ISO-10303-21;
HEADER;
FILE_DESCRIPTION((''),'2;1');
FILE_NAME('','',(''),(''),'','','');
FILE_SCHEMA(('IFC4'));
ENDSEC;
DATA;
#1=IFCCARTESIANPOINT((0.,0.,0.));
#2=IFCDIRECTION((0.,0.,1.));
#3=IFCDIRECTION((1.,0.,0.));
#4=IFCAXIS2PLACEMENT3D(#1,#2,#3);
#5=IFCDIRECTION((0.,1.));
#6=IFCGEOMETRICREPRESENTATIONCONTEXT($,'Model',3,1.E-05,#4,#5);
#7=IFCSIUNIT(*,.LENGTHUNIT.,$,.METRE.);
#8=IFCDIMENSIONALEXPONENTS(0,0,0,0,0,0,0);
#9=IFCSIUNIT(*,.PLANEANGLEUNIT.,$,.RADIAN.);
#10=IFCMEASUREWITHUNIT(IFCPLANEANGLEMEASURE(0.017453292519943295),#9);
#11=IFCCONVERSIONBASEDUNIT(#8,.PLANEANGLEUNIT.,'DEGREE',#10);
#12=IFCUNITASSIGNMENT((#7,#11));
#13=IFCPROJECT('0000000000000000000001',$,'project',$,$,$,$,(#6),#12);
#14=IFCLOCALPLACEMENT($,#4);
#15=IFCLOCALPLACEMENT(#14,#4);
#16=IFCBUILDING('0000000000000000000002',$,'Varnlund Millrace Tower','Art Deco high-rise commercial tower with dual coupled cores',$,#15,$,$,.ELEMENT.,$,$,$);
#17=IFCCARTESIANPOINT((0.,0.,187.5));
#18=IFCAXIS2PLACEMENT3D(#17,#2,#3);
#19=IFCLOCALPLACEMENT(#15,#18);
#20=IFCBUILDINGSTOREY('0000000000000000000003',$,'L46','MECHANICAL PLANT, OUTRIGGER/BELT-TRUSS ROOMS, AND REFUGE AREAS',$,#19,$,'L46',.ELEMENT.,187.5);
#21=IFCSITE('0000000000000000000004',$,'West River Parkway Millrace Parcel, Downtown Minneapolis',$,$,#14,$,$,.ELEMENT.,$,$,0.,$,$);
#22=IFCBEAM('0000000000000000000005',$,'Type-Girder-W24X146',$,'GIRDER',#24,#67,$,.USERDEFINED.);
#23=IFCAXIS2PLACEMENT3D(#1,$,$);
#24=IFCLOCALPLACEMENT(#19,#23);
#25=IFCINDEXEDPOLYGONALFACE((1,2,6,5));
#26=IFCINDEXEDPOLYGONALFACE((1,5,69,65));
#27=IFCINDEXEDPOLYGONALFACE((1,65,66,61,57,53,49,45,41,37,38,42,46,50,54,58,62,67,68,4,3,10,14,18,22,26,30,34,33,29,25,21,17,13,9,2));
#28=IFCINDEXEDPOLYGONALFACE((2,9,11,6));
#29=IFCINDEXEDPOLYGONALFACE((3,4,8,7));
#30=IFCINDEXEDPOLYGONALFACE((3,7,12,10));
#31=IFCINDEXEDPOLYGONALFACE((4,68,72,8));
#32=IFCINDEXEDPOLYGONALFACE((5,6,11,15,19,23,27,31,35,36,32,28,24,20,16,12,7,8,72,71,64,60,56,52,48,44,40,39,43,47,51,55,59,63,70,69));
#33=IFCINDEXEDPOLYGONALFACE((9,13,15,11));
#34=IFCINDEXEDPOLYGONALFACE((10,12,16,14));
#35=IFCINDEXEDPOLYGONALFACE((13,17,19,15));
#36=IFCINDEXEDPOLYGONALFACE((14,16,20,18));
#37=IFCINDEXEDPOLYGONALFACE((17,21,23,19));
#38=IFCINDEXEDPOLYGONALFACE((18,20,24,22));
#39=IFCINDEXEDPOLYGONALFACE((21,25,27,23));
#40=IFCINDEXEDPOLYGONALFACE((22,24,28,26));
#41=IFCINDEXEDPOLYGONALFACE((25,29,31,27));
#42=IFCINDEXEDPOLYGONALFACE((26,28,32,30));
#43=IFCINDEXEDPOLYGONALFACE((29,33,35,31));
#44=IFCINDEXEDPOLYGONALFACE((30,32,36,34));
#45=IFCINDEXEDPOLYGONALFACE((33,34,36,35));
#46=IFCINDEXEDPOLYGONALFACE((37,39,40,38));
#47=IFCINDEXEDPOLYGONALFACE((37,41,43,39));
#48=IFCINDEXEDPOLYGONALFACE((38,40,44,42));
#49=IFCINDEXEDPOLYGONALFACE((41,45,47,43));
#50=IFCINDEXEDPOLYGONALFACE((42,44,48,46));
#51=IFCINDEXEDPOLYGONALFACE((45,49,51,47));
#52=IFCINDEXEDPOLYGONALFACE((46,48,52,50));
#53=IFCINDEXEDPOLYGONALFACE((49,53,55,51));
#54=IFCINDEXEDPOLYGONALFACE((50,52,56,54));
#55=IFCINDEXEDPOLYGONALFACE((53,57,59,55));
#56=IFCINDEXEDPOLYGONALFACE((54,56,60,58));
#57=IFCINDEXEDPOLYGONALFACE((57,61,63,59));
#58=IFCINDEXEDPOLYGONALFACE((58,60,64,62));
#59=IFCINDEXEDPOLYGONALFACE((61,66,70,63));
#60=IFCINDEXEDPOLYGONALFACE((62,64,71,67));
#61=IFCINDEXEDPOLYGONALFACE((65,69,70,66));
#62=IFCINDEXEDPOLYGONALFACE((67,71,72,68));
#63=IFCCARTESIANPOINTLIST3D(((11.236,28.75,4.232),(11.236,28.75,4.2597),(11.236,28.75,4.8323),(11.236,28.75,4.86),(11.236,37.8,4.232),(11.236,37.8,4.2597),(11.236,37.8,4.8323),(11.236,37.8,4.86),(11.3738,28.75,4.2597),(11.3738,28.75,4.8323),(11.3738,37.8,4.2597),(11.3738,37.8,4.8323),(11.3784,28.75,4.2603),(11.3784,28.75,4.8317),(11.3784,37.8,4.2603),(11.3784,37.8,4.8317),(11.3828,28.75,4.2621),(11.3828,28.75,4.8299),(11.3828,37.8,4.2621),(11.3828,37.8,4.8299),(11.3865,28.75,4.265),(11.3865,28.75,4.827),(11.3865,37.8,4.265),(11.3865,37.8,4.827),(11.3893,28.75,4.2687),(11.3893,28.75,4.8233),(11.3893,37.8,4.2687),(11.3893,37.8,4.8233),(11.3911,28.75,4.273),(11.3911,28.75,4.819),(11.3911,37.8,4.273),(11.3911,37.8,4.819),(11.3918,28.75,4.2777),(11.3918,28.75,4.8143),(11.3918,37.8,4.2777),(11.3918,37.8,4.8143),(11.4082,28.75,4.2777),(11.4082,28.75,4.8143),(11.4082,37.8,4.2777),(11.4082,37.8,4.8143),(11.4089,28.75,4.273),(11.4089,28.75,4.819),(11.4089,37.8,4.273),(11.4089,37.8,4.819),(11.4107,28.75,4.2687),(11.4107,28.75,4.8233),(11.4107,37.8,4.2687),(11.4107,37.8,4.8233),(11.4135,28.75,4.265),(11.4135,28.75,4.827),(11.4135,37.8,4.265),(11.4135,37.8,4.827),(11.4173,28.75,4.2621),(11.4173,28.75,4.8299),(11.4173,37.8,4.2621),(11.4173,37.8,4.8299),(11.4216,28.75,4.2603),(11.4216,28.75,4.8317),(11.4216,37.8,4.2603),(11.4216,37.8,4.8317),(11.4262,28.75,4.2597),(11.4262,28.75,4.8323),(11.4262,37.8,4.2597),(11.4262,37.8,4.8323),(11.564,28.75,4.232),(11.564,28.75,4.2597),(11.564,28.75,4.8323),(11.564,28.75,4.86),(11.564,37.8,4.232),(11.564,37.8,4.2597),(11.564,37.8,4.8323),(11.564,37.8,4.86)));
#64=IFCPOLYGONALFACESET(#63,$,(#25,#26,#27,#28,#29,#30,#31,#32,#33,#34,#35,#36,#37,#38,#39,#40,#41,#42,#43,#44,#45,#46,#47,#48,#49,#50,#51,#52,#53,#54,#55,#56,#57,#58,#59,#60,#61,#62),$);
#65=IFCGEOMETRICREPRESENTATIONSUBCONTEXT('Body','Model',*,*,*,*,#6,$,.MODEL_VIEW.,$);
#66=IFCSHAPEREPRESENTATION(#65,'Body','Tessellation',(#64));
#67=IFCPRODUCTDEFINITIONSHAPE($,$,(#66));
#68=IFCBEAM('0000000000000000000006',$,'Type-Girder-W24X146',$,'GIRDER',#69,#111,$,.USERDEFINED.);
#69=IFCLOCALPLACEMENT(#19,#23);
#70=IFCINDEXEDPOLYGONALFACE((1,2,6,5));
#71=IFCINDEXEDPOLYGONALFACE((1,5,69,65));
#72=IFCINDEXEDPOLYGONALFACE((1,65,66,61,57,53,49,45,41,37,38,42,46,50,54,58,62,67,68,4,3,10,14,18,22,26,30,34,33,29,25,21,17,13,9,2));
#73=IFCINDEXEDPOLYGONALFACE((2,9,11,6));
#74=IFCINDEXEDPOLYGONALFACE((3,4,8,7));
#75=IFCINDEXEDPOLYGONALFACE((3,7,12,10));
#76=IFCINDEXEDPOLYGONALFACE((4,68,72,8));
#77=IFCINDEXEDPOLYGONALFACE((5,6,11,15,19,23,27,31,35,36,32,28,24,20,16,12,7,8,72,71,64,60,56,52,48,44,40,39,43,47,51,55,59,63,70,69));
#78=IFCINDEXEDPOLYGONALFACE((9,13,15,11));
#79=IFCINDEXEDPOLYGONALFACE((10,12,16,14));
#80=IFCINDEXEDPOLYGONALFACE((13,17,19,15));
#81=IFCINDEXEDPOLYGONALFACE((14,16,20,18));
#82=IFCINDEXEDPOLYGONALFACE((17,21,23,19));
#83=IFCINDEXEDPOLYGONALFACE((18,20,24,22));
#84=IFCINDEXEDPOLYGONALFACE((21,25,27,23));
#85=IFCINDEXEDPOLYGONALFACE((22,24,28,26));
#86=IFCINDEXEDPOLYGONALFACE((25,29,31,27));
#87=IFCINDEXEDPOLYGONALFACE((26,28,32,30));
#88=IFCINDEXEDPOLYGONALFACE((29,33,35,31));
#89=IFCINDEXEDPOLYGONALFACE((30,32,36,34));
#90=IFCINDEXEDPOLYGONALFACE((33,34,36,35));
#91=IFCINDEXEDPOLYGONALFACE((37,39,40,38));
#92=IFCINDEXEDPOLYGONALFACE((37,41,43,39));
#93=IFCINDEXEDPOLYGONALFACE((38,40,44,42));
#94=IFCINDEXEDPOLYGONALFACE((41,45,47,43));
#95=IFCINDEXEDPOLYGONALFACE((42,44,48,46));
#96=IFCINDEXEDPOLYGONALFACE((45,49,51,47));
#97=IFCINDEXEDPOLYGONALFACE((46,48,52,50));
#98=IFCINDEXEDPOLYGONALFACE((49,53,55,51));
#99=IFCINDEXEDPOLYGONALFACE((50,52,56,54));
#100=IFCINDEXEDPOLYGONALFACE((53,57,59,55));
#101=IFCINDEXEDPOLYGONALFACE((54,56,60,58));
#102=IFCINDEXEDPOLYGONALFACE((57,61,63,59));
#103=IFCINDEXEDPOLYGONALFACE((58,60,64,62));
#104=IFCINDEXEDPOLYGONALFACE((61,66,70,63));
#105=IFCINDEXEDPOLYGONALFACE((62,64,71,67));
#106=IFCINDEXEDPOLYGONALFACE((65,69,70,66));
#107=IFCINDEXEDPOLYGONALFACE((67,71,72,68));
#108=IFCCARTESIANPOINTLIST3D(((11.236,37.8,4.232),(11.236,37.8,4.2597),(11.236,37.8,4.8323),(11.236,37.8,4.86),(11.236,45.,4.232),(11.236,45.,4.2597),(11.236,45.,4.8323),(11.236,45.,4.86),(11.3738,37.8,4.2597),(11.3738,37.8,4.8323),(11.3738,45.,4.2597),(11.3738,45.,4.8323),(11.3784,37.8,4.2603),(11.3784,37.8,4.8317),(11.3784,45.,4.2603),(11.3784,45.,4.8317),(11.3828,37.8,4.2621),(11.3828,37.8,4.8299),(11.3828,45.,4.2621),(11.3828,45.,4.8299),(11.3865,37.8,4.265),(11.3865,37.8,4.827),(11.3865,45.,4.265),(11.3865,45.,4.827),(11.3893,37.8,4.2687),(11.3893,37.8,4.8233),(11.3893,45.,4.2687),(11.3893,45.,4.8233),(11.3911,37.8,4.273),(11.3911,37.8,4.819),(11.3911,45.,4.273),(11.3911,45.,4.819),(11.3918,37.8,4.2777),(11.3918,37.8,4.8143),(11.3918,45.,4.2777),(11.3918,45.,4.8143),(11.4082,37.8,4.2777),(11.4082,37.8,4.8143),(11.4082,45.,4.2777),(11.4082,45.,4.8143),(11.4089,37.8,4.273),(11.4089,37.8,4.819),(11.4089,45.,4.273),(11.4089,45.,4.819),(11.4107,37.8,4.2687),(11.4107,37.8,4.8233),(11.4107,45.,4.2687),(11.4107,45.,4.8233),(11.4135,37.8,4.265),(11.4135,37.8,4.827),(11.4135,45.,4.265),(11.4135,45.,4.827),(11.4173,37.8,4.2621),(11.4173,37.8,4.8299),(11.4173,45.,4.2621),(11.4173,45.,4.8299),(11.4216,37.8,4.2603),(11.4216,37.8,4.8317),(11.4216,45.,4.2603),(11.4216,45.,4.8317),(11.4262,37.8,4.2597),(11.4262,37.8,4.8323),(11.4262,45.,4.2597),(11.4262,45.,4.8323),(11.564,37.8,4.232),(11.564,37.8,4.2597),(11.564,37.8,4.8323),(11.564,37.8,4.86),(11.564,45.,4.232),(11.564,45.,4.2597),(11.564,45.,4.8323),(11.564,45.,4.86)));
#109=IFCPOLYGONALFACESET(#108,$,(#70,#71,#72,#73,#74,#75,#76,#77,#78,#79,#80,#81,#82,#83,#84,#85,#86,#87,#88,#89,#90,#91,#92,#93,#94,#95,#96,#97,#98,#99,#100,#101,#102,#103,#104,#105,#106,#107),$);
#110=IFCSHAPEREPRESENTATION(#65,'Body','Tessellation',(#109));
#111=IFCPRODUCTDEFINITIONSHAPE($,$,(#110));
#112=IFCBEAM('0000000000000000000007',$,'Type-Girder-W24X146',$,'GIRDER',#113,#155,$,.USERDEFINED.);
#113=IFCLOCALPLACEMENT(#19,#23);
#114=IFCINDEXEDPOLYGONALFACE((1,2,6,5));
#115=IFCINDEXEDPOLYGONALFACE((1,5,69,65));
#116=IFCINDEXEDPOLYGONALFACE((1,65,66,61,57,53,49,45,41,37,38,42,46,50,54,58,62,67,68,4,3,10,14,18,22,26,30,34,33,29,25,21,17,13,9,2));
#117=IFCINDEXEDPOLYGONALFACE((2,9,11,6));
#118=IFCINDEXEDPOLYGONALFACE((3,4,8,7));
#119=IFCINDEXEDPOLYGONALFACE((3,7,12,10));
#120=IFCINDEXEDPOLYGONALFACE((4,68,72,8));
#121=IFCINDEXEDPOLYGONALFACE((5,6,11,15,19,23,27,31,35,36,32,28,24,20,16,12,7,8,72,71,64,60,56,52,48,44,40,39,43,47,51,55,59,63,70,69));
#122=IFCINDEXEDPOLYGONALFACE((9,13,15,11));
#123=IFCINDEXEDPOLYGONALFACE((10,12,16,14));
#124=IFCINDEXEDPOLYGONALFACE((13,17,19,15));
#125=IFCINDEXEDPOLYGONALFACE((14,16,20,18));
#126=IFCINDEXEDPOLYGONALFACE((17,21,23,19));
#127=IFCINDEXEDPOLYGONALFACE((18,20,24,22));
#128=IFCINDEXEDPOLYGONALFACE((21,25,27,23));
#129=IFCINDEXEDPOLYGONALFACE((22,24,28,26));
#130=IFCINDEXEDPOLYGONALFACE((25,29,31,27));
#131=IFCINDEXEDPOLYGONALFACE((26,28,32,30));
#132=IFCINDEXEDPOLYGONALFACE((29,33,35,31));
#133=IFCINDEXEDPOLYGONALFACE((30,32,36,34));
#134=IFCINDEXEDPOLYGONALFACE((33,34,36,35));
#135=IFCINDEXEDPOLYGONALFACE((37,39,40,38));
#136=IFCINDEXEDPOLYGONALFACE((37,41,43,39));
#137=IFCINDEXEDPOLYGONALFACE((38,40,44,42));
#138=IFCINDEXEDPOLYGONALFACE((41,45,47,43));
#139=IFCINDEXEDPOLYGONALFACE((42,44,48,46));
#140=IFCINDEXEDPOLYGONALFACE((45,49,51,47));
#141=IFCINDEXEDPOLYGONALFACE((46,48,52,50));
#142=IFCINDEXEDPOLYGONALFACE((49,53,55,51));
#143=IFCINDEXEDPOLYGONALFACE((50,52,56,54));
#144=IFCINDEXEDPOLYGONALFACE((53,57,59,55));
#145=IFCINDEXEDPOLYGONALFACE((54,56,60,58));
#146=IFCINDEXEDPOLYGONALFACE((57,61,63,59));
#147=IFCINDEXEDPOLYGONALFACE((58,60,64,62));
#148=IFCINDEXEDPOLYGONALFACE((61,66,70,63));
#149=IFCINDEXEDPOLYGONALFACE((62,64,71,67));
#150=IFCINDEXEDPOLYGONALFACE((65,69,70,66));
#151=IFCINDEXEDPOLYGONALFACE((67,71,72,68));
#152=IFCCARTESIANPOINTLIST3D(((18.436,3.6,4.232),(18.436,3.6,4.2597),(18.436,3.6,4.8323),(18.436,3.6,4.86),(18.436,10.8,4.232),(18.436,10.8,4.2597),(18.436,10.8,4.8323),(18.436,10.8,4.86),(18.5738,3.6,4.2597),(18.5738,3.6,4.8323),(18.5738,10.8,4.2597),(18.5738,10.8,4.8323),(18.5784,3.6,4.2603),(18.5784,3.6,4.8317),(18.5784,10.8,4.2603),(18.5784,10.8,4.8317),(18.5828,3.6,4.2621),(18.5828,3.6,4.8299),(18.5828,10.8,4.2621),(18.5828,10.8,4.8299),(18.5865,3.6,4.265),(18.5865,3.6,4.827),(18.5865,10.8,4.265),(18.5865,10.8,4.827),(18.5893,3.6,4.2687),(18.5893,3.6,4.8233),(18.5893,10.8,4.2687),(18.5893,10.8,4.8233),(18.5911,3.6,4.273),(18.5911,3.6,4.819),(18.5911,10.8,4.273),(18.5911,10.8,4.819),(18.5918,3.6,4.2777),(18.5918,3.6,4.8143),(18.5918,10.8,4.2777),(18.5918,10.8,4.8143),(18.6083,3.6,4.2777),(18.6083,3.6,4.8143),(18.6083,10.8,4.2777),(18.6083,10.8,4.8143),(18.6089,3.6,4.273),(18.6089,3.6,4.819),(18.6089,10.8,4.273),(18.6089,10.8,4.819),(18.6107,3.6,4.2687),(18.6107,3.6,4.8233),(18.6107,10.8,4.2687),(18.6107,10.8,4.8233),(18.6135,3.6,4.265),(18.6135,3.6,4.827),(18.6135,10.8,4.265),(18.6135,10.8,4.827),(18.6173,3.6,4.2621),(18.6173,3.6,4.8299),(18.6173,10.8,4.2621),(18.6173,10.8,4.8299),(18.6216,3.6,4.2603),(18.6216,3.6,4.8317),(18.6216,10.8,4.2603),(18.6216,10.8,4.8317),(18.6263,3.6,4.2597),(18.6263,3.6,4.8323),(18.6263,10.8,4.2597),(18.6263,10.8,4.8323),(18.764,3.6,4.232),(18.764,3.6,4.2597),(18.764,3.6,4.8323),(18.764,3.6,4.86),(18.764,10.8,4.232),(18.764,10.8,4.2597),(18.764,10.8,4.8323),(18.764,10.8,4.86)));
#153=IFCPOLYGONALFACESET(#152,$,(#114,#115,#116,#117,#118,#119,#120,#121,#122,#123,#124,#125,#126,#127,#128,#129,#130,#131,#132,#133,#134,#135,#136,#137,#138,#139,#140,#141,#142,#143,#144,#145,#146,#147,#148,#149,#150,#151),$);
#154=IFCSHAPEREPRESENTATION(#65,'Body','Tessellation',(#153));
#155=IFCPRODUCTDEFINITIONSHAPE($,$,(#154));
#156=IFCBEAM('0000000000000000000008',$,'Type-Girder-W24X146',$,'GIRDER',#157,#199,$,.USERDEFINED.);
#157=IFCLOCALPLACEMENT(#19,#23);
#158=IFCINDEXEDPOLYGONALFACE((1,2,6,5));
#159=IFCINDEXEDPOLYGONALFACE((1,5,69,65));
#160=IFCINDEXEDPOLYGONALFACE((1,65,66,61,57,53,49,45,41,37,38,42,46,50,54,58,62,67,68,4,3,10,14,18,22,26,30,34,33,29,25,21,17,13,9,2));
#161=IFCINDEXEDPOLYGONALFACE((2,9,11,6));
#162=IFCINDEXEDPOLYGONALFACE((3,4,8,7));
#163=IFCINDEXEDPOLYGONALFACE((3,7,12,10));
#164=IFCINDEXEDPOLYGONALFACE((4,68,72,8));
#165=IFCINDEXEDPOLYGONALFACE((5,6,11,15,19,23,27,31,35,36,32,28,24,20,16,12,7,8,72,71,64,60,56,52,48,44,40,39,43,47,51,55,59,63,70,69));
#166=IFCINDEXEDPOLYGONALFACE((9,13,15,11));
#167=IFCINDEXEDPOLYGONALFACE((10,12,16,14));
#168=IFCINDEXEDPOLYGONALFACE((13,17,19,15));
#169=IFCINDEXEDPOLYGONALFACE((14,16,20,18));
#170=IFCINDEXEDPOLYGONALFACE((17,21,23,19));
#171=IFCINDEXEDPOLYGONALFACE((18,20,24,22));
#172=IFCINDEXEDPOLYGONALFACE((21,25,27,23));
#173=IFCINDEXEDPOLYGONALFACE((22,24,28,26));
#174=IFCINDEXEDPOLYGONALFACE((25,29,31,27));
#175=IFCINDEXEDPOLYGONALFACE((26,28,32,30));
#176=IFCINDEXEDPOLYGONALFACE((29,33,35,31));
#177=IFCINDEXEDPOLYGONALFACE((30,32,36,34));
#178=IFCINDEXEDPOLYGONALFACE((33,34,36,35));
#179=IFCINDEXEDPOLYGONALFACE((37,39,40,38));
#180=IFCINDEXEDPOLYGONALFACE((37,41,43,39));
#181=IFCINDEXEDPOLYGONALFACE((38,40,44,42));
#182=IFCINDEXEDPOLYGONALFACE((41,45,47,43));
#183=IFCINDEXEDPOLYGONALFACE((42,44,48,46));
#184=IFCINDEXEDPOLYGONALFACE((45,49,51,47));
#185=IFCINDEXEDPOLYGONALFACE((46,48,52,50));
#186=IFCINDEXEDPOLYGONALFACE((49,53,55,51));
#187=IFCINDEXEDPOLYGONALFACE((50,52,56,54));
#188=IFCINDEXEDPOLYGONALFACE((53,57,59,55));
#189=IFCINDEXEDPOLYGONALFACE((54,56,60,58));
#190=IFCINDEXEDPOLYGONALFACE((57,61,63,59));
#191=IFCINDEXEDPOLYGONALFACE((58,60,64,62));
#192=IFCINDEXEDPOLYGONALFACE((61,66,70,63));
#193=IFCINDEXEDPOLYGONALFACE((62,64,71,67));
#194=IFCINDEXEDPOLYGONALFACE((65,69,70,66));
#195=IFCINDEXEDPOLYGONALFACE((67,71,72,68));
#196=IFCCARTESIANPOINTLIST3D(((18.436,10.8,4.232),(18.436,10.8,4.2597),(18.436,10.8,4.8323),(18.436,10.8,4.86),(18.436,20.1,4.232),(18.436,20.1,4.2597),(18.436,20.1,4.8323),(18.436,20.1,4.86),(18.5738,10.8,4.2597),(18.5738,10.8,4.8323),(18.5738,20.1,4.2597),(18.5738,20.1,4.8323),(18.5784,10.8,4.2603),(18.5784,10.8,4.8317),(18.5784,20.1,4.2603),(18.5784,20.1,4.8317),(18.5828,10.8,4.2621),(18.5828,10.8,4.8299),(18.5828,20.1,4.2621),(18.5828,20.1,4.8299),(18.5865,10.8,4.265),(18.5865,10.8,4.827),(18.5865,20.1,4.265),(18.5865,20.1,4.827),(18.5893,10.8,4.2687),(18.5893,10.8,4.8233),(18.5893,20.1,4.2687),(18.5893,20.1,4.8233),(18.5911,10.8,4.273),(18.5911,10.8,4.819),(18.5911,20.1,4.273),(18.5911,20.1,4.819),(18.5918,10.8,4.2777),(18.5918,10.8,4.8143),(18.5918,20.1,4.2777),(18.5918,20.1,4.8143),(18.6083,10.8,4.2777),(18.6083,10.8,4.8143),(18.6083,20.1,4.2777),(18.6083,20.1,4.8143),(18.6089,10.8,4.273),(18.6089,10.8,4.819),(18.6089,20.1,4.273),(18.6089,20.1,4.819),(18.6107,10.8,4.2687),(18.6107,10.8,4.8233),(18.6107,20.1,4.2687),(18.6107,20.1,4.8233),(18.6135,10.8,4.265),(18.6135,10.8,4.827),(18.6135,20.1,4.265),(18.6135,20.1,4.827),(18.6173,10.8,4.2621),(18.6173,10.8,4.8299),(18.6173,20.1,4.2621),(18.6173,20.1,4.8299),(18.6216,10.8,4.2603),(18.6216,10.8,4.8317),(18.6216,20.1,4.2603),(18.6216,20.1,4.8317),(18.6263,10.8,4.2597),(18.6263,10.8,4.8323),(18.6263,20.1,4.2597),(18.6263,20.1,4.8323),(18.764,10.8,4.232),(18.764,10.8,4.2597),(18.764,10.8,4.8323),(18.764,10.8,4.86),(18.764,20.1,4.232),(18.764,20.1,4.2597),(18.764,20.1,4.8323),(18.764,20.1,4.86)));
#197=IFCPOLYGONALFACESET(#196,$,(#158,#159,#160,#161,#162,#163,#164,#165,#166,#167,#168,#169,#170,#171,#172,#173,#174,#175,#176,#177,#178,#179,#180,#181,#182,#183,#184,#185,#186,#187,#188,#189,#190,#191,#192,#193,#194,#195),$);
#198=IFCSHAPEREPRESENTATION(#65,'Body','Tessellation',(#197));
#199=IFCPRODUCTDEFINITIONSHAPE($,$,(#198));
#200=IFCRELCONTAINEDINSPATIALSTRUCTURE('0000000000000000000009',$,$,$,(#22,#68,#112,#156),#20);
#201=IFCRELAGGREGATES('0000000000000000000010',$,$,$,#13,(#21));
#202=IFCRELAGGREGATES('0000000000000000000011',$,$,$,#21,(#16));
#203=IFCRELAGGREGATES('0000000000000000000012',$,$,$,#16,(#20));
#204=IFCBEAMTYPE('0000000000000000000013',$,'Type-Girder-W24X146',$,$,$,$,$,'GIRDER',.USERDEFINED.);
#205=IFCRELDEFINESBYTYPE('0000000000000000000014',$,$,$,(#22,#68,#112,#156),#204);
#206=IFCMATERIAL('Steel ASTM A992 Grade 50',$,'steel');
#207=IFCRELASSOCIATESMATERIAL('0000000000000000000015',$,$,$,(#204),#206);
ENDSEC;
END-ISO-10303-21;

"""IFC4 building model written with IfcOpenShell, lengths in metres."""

from ifc_helpers import new_model, entity, si_unit, converted_unit, direction, frame, origin_with_axes, origin_2d_with_axis, place, context, subcontext, project, spatial, i_section, extrude, material, material_profile, profile_set, type_object, element, save


model = new_model("IFC4")

# Units and contexts
model_context = context("Model", 3, precision=1e-05, world=origin_with_axes(), true_north=direction((0.0, 1.0)))
body_context = subcontext(model_context, "Body", "Model", "MODEL_VIEW")
ifc_project = project(units=[si_unit("LENGTHUNIT", "METRE"), converted_unit("PLANEANGLEUNIT", "DEGREE", entity("IfcPlaneAngleMeasure", 0.017453292519943295), si_unit("PLANEANGLEUNIT", "RADIAN"), dimensions=[0, 0, 0, 0, 0, 0, 0])], contexts=[model_context])

# Site, building, storey
site_placement = place(None, origin_with_axes())
site = spatial("IfcSite", under=ifc_project, at=site_placement, Name="West River Parkway Millrace Parcel, Downtown Minneapolis", CompositionType="ELEMENT", RefElevation=0.0)
building_placement = place(site_placement, origin_with_axes())
building = spatial("IfcBuilding", under=site, at=building_placement, Name="Varnlund Millrace Tower", Description="Art Deco high-rise commercial tower with dual coupled cores", CompositionType="ELEMENT")
storey_placement = place(building_placement, frame((0.0, 0.0, 187.5), z_axis=(0.0, 0.0, 1.0), x_axis=(1.0, 0.0, 0.0)))
storey = spatial("IfcBuildingStorey", under=building, at=storey_placement, Name="L46", Description="MECHANICAL PLANT, OUTRIGGER/BELT-TRUSS ROOMS, AND REFUGE AREAS", LongName="L46", CompositionType="ELEMENT", Elevation=187.5)

# Shared definitions
ifc_material_1 = material(Name="Steel ASTM A992 Grade 50", Category="steel")

# Beams
ifc_material_profile_1 = material_profile(ifc_material_1, i_section(OverallWidth=0.328, OverallDepth=0.628, WebThickness=0.0165, FlangeThickness=0.0277, FilletRadius=0.018, at=origin_2d_with_axis()), Name="Steel ASTM A992 Grade 50")
ifc_profile_set_1 = profile_set([ifc_material_profile_1], Name="Steel ASTM A992 Grade 50")
beam_type_1 = type_object("IfcBeamType", Name="Type-Girder-W24X146", ElementType="GIRDER", PredefinedType="USERDEFINED", material=ifc_profile_set_1)
beam_1_placement = place(storey_placement, frame((11.4, 28.75, 4.546), z_axis=(0.0, 1.0, 0.0), x_axis=(-1.0, 0.0, 0.0)))
element("IfcBeam", 1, at=beam_1_placement, inside=storey, type_object=beam_type_1, Name="Type-Girder-W24X146", ObjectType="GIRDER", PredefinedType="USERDEFINED", context=body_context, shape_type="SweptSolid", body=[
    extrude(i_section(OverallWidth=0.328, OverallDepth=0.628, WebThickness=0.0165, FlangeThickness=0.0277, FilletRadius=0.018, at=origin_2d_with_axis()), origin_with_axes(), (0.0, 0.0, 1.0), 9.05),
])
for number, where, z_axis, x_axis, name in (
    (2, (11.4, 37.8, 4.546), (0.0, 1.0, 0.0), (-1.0, 0.0, 0.0), "Type-Girder-W24X146"),
    (3, (18.6, 3.6, 4.546), (0.0, 1.0, 0.0), (-1.0, 0.0, 0.0), "Type-Girder-W24X146"),
):
    element("IfcBeam", number, at=place(storey_placement, frame(where, z_axis=z_axis, x_axis=x_axis)), inside=storey, type_object=beam_type_1, Name=name, ObjectType="GIRDER", PredefinedType="USERDEFINED", context=body_context, shape_type="SweptSolid", body=[
        extrude(i_section(OverallWidth=0.328, OverallDepth=0.628, WebThickness=0.0165, FlangeThickness=0.0277, FilletRadius=0.018, at=origin_2d_with_axis()), origin_with_axes(), (0.0, 0.0, 1.0), 7.2),
    ])
beam_2_placement = place(storey_placement, frame((18.6, 10.8, 4.546), z_axis=(0.0, 1.0, 0.0), x_axis=(-1.0, 0.0, 0.0)))
element("IfcBeam", 4, at=beam_2_placement, inside=storey, type_object=beam_type_1, Name="Type-Girder-W24X146", ObjectType="GIRDER", PredefinedType="USERDEFINED", context=body_context, shape_type="SweptSolid", body=[
    extrude(i_section(OverallWidth=0.328, OverallDepth=0.628, WebThickness=0.0165, FlangeThickness=0.0277, FilletRadius=0.018, at=origin_2d_with_axis()), origin_with_axes(), (0.0, 0.0, 1.0), 9.3),
])

save(model, "model.ifc")
